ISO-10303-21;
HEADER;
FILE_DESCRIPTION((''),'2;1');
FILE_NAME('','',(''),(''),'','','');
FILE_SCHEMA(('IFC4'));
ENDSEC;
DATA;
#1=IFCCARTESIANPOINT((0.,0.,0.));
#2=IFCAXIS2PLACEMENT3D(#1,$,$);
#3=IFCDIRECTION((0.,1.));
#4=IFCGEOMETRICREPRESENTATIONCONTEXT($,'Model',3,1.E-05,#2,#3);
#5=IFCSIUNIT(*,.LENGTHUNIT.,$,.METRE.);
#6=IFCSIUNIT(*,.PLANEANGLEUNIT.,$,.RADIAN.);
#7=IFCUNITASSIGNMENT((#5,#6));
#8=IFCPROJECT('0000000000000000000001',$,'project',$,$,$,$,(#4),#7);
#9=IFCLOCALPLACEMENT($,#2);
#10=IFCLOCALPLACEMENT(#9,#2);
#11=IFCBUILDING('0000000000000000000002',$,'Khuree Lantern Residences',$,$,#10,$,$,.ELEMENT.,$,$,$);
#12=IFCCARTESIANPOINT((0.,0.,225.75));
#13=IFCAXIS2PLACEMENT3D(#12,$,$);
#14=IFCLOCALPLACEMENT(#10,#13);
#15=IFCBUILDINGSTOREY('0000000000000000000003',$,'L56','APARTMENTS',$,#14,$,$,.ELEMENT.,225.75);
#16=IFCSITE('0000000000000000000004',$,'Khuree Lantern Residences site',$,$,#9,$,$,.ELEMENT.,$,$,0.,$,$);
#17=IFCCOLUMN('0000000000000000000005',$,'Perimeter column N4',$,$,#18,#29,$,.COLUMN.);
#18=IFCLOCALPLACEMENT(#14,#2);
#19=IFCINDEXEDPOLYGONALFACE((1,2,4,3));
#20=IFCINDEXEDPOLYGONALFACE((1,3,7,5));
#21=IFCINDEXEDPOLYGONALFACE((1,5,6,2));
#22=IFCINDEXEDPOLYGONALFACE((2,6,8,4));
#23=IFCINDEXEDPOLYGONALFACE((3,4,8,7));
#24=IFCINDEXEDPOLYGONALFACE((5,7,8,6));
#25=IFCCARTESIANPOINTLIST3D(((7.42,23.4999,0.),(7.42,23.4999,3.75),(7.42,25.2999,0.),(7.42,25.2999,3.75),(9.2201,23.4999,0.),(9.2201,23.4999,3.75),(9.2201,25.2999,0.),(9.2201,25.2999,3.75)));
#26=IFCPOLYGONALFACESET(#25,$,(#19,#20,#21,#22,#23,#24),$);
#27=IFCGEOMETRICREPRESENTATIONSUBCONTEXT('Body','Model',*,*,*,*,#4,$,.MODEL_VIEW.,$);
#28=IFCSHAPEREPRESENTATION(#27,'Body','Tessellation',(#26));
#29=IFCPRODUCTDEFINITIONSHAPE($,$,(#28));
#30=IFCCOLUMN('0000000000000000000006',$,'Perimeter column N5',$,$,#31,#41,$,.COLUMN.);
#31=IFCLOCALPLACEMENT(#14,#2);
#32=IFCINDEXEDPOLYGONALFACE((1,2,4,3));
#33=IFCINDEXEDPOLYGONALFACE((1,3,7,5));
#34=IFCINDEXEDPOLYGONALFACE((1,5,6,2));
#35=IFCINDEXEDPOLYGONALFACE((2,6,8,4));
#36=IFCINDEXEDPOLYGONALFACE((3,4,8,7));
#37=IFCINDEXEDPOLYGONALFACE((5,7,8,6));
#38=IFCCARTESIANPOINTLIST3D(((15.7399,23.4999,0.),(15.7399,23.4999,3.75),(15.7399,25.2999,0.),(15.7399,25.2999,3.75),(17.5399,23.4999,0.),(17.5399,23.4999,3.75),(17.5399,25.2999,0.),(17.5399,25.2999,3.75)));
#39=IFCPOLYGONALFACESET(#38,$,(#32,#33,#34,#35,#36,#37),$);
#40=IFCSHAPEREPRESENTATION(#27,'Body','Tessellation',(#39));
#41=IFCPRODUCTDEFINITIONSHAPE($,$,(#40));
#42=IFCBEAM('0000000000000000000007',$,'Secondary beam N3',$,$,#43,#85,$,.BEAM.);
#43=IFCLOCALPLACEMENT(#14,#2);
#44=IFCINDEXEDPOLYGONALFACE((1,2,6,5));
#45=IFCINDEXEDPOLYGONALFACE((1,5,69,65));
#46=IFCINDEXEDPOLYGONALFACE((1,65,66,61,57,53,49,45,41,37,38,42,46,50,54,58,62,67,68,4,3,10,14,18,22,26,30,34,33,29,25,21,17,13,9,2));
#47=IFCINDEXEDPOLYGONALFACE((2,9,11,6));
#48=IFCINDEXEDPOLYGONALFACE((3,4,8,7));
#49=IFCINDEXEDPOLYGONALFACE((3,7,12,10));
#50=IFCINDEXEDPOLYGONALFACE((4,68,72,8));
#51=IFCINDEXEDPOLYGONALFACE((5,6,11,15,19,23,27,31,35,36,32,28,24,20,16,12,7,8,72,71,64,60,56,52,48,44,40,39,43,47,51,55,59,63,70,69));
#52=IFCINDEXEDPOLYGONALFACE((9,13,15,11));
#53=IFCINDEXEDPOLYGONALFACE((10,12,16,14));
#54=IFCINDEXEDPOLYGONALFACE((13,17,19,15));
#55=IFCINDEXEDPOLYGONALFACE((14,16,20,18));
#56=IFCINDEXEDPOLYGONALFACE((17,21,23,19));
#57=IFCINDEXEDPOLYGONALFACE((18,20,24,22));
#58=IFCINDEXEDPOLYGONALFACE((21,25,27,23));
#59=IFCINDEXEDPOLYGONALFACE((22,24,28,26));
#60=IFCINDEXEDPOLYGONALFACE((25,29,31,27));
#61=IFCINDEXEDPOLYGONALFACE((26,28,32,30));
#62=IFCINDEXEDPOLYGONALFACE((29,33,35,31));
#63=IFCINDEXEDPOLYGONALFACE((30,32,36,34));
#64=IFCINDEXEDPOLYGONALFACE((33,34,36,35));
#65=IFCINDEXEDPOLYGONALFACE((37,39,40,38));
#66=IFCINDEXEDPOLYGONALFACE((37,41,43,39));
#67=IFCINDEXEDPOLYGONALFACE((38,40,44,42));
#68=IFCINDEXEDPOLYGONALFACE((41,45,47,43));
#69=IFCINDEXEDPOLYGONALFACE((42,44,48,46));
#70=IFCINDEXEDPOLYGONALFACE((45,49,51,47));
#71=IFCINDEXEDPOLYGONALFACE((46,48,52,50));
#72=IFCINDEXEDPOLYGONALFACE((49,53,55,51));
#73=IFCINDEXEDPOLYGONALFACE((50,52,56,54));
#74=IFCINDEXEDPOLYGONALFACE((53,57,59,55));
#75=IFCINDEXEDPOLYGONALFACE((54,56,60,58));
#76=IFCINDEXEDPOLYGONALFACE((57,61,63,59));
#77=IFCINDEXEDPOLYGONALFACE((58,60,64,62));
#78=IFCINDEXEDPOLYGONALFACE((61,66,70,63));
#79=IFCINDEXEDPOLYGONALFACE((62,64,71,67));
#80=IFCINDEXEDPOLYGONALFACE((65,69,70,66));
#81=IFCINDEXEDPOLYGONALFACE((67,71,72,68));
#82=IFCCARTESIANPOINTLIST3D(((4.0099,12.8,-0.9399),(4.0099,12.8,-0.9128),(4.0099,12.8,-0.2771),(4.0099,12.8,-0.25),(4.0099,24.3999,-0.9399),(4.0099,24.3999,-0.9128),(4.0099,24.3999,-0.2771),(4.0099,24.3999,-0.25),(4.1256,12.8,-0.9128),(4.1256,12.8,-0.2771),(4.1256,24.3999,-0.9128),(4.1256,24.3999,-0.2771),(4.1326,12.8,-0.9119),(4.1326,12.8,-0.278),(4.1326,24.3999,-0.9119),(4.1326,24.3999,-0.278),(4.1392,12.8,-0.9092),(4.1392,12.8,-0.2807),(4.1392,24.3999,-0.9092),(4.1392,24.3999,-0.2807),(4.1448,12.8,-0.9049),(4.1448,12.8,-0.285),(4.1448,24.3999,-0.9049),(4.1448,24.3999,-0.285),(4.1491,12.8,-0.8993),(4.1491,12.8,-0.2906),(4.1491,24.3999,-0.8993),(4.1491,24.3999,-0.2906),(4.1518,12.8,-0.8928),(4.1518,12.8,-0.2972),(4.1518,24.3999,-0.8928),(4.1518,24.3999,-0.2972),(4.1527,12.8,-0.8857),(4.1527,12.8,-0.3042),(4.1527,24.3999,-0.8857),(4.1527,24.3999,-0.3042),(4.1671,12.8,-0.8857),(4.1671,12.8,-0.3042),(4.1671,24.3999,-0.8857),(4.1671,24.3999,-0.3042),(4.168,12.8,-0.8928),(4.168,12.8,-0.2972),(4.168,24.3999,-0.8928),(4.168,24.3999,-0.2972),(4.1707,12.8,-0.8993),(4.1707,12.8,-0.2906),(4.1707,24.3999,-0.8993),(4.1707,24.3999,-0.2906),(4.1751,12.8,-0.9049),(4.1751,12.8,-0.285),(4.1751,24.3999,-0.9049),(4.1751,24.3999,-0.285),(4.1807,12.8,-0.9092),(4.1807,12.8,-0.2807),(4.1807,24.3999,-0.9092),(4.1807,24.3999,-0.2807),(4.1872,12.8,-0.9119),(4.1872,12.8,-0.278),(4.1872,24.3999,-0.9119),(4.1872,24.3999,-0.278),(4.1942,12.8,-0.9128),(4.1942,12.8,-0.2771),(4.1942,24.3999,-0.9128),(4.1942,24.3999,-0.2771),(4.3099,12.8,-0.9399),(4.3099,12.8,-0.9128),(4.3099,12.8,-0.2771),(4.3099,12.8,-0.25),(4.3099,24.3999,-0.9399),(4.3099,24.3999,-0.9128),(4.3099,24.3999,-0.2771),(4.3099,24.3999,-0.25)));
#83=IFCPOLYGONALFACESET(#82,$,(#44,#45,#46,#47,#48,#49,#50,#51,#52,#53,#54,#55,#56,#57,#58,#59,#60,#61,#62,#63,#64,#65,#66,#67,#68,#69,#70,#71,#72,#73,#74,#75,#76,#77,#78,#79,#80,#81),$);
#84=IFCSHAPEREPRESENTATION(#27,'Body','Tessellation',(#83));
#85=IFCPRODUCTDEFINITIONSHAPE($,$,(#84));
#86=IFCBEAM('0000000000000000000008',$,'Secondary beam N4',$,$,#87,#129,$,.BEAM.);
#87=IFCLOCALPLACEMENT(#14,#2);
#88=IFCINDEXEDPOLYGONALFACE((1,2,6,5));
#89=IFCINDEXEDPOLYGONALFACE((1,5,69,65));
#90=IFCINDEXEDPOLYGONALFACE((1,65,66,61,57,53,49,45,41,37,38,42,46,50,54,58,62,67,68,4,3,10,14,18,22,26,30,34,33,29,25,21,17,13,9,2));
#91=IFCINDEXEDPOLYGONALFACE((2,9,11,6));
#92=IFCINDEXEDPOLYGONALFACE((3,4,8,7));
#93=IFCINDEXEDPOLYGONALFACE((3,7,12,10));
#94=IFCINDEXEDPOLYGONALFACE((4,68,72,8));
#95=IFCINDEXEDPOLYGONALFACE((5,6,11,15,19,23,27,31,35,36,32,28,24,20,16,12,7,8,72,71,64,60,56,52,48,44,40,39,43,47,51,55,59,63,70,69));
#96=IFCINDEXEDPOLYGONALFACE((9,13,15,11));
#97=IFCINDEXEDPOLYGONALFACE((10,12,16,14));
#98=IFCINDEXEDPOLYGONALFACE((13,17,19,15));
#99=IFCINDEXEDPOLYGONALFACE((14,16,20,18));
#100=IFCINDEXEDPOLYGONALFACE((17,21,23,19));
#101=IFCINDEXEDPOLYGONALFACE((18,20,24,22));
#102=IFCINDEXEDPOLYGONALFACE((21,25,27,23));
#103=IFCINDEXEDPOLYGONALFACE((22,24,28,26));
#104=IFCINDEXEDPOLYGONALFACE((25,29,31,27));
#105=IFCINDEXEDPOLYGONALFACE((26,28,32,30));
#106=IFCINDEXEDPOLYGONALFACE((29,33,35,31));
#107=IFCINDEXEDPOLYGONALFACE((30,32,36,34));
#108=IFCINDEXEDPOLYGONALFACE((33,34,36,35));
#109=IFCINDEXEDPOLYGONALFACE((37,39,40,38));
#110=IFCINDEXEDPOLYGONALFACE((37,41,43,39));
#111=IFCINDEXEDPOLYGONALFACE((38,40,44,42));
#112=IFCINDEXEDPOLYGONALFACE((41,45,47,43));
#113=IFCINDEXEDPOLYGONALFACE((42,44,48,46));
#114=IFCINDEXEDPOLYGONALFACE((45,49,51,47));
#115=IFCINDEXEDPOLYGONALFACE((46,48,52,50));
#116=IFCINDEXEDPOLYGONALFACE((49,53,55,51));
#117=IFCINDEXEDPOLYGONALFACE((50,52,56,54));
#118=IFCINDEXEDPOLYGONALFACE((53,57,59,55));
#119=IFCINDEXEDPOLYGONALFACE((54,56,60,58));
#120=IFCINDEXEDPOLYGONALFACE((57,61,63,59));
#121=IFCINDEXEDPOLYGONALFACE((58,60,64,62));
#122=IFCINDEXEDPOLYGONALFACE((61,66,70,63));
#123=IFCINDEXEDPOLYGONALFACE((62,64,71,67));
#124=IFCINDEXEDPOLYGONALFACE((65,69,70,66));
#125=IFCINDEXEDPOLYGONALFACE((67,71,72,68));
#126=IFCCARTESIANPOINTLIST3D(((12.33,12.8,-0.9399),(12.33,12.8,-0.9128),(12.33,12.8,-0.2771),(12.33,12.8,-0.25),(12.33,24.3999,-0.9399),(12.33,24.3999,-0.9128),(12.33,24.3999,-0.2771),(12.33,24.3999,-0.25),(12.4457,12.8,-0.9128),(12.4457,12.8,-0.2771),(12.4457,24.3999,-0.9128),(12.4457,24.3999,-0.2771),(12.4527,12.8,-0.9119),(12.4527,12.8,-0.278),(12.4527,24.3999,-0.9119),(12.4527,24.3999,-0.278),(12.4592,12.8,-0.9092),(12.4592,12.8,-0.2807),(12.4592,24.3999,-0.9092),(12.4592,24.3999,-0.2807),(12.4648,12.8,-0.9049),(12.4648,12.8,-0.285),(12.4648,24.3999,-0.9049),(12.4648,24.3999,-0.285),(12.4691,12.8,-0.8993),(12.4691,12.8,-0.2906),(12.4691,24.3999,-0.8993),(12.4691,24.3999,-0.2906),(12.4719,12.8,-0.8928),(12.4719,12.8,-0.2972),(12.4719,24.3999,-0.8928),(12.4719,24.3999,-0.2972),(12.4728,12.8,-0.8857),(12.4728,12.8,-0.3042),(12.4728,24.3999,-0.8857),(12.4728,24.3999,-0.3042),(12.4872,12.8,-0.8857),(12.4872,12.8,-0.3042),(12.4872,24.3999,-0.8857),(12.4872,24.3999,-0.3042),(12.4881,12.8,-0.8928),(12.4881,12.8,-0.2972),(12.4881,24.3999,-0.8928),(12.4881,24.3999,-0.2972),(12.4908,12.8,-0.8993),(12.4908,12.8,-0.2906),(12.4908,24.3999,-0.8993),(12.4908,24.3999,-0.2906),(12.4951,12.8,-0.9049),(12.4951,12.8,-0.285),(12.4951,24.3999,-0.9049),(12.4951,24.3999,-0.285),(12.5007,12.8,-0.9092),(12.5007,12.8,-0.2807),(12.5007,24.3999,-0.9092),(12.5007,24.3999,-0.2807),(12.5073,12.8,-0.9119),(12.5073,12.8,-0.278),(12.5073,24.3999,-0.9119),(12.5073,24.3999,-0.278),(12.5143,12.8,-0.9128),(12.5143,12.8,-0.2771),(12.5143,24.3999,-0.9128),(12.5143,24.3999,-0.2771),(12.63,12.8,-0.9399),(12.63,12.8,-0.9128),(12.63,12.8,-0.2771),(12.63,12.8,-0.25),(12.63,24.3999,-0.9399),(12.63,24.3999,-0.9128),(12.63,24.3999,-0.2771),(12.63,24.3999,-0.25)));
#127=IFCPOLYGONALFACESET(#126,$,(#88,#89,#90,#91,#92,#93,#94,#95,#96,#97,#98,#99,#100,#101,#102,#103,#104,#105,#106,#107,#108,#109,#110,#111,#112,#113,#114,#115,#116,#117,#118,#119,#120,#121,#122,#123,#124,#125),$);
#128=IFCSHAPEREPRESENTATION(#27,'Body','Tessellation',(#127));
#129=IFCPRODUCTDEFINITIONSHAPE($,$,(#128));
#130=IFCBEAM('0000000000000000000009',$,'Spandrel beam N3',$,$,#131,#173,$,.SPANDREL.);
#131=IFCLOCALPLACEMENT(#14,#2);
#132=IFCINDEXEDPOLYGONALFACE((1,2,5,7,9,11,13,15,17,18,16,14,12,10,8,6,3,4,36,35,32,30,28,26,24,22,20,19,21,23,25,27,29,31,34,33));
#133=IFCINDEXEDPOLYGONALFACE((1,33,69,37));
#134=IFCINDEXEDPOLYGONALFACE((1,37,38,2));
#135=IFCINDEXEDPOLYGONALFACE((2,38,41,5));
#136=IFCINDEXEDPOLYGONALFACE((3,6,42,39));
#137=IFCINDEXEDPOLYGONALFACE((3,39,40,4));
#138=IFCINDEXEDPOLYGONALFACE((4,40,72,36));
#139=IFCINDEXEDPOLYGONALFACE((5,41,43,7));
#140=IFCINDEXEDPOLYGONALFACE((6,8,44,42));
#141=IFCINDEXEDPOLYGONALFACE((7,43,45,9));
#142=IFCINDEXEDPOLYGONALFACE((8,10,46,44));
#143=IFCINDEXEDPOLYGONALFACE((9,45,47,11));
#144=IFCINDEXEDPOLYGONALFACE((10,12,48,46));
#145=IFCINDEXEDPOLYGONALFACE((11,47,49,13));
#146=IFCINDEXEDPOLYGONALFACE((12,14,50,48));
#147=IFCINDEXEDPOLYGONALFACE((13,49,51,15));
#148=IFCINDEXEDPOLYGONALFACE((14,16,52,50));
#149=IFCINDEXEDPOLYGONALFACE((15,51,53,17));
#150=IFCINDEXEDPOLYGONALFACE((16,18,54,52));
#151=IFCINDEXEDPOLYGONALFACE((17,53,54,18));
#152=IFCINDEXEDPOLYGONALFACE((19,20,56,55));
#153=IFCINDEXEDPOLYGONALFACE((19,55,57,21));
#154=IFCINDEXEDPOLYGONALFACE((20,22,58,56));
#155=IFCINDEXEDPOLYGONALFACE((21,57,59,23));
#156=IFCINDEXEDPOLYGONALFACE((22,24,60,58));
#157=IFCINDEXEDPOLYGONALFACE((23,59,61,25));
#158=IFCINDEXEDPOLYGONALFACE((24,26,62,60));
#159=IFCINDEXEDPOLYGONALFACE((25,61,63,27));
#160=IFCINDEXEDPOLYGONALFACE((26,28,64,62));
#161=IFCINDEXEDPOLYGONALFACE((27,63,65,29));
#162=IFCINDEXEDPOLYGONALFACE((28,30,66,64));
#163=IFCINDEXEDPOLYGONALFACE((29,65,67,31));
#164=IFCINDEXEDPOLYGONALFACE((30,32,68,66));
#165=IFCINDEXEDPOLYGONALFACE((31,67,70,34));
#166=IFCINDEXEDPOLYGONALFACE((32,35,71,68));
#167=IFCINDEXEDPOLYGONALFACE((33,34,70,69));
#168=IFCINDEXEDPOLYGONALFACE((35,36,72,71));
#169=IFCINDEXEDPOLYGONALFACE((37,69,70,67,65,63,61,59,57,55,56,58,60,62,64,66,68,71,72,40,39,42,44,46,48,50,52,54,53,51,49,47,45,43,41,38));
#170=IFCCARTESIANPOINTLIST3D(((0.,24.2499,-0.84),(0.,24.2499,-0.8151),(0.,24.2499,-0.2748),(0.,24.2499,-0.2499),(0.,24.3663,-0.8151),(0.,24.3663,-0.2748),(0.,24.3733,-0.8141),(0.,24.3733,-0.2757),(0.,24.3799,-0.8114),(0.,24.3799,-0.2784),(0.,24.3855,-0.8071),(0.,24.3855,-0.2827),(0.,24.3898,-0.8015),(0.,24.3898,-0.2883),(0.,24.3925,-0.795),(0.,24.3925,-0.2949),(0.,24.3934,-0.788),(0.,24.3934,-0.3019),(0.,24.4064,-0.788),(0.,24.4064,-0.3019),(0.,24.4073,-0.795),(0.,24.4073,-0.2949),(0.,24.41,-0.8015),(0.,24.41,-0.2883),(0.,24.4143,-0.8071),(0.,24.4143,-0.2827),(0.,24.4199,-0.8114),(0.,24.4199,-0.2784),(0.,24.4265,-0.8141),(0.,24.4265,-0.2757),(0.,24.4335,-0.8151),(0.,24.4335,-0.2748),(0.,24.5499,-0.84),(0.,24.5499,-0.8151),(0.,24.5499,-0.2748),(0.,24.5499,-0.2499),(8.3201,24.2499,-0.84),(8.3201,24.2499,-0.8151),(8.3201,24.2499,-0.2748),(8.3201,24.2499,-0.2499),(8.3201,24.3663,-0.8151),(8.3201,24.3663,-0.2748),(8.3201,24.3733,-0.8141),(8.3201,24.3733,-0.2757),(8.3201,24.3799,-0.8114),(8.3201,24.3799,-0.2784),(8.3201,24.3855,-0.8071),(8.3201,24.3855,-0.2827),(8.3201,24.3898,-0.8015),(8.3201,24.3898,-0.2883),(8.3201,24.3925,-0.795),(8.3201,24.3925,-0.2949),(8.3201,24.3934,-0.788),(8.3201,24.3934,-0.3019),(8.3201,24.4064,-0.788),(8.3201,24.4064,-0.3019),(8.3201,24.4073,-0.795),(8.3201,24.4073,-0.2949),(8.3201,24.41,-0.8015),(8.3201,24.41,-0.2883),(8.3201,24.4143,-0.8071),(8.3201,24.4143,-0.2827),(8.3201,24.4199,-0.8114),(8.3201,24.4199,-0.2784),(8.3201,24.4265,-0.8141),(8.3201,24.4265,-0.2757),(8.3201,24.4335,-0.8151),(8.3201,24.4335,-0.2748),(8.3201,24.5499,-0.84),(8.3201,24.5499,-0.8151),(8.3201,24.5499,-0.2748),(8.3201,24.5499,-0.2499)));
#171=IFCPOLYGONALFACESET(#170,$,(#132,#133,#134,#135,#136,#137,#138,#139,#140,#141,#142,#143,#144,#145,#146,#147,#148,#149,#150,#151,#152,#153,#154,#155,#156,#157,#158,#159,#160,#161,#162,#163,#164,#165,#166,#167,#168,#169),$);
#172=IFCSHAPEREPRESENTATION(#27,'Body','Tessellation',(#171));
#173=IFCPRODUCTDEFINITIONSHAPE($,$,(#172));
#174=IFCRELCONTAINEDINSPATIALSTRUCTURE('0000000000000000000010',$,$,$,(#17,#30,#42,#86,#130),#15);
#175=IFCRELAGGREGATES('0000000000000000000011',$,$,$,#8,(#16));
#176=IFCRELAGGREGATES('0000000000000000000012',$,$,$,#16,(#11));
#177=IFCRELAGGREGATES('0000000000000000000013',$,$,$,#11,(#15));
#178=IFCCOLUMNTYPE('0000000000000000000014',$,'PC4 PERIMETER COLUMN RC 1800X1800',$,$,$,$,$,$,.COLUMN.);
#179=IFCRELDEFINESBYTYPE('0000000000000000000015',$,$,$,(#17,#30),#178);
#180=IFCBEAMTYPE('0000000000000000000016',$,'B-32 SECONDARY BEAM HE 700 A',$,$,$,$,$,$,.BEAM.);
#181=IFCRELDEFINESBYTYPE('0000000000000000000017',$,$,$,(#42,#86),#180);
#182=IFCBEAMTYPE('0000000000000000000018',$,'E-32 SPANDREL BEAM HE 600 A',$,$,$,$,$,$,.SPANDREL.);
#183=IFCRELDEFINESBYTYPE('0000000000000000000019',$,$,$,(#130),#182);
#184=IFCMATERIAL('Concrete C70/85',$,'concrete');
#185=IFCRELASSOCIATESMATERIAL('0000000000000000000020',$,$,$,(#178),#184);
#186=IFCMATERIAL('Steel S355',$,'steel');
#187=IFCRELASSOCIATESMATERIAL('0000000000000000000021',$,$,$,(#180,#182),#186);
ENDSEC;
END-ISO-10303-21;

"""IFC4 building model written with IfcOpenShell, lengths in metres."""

from ifc_helpers import new_model, si_unit, direction, frame, origin, origin_2d, place, context, subcontext, project, spatial, rectangle, i_section, extrude, material, material_profile, profile_set, type_object, element, save


model = new_model("IFC4")

# Units and contexts
model_context = context("Model", 3, precision=1e-05, world=origin(), true_north=direction((0.0, 1.0)))
body_context = subcontext(model_context, "Body", "Model", "MODEL_VIEW")
ifc_project = project(units=[si_unit("LENGTHUNIT", "METRE"), si_unit("PLANEANGLEUNIT", "RADIAN")], contexts=[model_context])

# Site, building, storey
site_placement = place(None, origin())
site = spatial("IfcSite", under=ifc_project, at=site_placement, Name="Khuree Lantern Residences site", CompositionType="ELEMENT", RefElevation=0.0)
building_placement = place(site_placement, origin())
building = spatial("IfcBuilding", under=site, at=building_placement, Name="Khuree Lantern Residences", CompositionType="ELEMENT")
storey_placement = place(building_placement, frame((0.0, 0.0, 225.75)))
storey = spatial("IfcBuildingStorey", under=building, at=storey_placement, Name="L56", Description="APARTMENTS", CompositionType="ELEMENT", Elevation=225.75)

# Columns
ifc_material_1 = material(Name="Concrete C70/85", Category="concrete")
ifc_material_profile_1 = material_profile(ifc_material_1, rectangle(XDim=1.8, YDim=1.8, at=origin_2d()), Name="RC 1800X1800")
ifc_profile_set_1 = profile_set([ifc_material_profile_1], Name="Concrete C70/85")
column_type = type_object("IfcColumnType", Name="PC4 PERIMETER COLUMN RC 1800X1800", PredefinedType="COLUMN", material=ifc_profile_set_1)
for number, where, z_axis, x_axis, name in (
    (1, (8.3201, 24.3999, 0.0), (0.0, 0.0, 1.0), (1.0, 0.0, 0.0), "Perimeter column N4"),
    (2, (16.6399, 24.3999, 0.0), (0.0, 0.0, 1.0), (1.0, 0.0, 0.0), "Perimeter column N5"),
):
    element("IfcColumn", number, at=place(storey_placement, frame(where, z_axis=z_axis, x_axis=x_axis)), inside=storey, type_object=column_type, Name=name, PredefinedType="COLUMN", context=body_context, shape_type="SweptSolid", body=[
        extrude(rectangle(XDim=1.8, YDim=1.8, at=origin_2d()), origin(), (0.0, 0.0, 1.0), 3.75),
    ])

# Beams
ifc_material_2 = material(Name="Steel S355", Category="steel")
ifc_material_profile_2 = material_profile(ifc_material_2, i_section(OverallWidth=0.3, OverallDepth=0.6899, WebThickness=0.0144, FlangeThickness=0.0271, FilletRadius=0.0271, at=origin_2d()), Name="HE 700 A")
ifc_profile_set_2 = profile_set([ifc_material_profile_2], Name="Steel S355")
beam_type_1 = type_object("IfcBeamType", Name="B-32 SECONDARY BEAM HE 700 A", PredefinedType="BEAM", material=ifc_profile_set_2)
for number, where, z_axis, x_axis, name in (
    (3, (4.1599, 24.3999, -0.595), (0.0, -1.0, 0.0), (1.0, 0.0, 0.0), "Secondary beam N3"),
    (4, (12.48, 24.3999, -0.595), (0.0, -1.0, 0.0), (1.0, 0.0, 0.0), "Secondary beam N4"),
):
    element("IfcBeam", number, at=place(storey_placement, frame(where, z_axis=z_axis, x_axis=x_axis)), inside=storey, type_object=beam_type_1, Name=name, PredefinedType="BEAM", context=body_context, shape_type="SweptSolid", body=[
        extrude(i_section(OverallWidth=0.3, OverallDepth=0.6899, WebThickness=0.0144, FlangeThickness=0.0271, FilletRadius=0.0271, at=origin_2d()), origin(), (0.0, 0.0, 1.0), 11.5999),
    ])
ifc_material_profile_3 = material_profile(ifc_material_2, i_section(OverallWidth=0.3, OverallDepth=0.5901, WebThickness=0.0129, FlangeThickness=0.0249, FilletRadius=0.0271, at=origin_2d()), Name="HE 600 A")
ifc_profile_set_3 = profile_set([ifc_material_profile_3], Name="Steel S355")
beam_type_2 = type_object("IfcBeamType", Name="E-32 SPANDREL BEAM HE 600 A", PredefinedType="SPANDREL", material=ifc_profile_set_3)
beam_1_placement = place(storey_placement, frame((0.0, 24.3999, -0.5449), z_axis=(1.0, 0.0, 0.0), x_axis=(0.0, 1.0, 0.0)))
element("IfcBeam", 5, at=beam_1_placement, inside=storey, type_object=beam_type_2, Name="Spandrel beam N3", PredefinedType="SPANDREL", context=body_context, shape_type="SweptSolid", body=[
    extrude(i_section(OverallWidth=0.3, OverallDepth=0.5901, WebThickness=0.0129, FlangeThickness=0.0249, FilletRadius=0.0271, at=origin_2d()), origin(), (0.0, 0.0, 1.0), 8.3201),
])

save(model, "model.ifc")
